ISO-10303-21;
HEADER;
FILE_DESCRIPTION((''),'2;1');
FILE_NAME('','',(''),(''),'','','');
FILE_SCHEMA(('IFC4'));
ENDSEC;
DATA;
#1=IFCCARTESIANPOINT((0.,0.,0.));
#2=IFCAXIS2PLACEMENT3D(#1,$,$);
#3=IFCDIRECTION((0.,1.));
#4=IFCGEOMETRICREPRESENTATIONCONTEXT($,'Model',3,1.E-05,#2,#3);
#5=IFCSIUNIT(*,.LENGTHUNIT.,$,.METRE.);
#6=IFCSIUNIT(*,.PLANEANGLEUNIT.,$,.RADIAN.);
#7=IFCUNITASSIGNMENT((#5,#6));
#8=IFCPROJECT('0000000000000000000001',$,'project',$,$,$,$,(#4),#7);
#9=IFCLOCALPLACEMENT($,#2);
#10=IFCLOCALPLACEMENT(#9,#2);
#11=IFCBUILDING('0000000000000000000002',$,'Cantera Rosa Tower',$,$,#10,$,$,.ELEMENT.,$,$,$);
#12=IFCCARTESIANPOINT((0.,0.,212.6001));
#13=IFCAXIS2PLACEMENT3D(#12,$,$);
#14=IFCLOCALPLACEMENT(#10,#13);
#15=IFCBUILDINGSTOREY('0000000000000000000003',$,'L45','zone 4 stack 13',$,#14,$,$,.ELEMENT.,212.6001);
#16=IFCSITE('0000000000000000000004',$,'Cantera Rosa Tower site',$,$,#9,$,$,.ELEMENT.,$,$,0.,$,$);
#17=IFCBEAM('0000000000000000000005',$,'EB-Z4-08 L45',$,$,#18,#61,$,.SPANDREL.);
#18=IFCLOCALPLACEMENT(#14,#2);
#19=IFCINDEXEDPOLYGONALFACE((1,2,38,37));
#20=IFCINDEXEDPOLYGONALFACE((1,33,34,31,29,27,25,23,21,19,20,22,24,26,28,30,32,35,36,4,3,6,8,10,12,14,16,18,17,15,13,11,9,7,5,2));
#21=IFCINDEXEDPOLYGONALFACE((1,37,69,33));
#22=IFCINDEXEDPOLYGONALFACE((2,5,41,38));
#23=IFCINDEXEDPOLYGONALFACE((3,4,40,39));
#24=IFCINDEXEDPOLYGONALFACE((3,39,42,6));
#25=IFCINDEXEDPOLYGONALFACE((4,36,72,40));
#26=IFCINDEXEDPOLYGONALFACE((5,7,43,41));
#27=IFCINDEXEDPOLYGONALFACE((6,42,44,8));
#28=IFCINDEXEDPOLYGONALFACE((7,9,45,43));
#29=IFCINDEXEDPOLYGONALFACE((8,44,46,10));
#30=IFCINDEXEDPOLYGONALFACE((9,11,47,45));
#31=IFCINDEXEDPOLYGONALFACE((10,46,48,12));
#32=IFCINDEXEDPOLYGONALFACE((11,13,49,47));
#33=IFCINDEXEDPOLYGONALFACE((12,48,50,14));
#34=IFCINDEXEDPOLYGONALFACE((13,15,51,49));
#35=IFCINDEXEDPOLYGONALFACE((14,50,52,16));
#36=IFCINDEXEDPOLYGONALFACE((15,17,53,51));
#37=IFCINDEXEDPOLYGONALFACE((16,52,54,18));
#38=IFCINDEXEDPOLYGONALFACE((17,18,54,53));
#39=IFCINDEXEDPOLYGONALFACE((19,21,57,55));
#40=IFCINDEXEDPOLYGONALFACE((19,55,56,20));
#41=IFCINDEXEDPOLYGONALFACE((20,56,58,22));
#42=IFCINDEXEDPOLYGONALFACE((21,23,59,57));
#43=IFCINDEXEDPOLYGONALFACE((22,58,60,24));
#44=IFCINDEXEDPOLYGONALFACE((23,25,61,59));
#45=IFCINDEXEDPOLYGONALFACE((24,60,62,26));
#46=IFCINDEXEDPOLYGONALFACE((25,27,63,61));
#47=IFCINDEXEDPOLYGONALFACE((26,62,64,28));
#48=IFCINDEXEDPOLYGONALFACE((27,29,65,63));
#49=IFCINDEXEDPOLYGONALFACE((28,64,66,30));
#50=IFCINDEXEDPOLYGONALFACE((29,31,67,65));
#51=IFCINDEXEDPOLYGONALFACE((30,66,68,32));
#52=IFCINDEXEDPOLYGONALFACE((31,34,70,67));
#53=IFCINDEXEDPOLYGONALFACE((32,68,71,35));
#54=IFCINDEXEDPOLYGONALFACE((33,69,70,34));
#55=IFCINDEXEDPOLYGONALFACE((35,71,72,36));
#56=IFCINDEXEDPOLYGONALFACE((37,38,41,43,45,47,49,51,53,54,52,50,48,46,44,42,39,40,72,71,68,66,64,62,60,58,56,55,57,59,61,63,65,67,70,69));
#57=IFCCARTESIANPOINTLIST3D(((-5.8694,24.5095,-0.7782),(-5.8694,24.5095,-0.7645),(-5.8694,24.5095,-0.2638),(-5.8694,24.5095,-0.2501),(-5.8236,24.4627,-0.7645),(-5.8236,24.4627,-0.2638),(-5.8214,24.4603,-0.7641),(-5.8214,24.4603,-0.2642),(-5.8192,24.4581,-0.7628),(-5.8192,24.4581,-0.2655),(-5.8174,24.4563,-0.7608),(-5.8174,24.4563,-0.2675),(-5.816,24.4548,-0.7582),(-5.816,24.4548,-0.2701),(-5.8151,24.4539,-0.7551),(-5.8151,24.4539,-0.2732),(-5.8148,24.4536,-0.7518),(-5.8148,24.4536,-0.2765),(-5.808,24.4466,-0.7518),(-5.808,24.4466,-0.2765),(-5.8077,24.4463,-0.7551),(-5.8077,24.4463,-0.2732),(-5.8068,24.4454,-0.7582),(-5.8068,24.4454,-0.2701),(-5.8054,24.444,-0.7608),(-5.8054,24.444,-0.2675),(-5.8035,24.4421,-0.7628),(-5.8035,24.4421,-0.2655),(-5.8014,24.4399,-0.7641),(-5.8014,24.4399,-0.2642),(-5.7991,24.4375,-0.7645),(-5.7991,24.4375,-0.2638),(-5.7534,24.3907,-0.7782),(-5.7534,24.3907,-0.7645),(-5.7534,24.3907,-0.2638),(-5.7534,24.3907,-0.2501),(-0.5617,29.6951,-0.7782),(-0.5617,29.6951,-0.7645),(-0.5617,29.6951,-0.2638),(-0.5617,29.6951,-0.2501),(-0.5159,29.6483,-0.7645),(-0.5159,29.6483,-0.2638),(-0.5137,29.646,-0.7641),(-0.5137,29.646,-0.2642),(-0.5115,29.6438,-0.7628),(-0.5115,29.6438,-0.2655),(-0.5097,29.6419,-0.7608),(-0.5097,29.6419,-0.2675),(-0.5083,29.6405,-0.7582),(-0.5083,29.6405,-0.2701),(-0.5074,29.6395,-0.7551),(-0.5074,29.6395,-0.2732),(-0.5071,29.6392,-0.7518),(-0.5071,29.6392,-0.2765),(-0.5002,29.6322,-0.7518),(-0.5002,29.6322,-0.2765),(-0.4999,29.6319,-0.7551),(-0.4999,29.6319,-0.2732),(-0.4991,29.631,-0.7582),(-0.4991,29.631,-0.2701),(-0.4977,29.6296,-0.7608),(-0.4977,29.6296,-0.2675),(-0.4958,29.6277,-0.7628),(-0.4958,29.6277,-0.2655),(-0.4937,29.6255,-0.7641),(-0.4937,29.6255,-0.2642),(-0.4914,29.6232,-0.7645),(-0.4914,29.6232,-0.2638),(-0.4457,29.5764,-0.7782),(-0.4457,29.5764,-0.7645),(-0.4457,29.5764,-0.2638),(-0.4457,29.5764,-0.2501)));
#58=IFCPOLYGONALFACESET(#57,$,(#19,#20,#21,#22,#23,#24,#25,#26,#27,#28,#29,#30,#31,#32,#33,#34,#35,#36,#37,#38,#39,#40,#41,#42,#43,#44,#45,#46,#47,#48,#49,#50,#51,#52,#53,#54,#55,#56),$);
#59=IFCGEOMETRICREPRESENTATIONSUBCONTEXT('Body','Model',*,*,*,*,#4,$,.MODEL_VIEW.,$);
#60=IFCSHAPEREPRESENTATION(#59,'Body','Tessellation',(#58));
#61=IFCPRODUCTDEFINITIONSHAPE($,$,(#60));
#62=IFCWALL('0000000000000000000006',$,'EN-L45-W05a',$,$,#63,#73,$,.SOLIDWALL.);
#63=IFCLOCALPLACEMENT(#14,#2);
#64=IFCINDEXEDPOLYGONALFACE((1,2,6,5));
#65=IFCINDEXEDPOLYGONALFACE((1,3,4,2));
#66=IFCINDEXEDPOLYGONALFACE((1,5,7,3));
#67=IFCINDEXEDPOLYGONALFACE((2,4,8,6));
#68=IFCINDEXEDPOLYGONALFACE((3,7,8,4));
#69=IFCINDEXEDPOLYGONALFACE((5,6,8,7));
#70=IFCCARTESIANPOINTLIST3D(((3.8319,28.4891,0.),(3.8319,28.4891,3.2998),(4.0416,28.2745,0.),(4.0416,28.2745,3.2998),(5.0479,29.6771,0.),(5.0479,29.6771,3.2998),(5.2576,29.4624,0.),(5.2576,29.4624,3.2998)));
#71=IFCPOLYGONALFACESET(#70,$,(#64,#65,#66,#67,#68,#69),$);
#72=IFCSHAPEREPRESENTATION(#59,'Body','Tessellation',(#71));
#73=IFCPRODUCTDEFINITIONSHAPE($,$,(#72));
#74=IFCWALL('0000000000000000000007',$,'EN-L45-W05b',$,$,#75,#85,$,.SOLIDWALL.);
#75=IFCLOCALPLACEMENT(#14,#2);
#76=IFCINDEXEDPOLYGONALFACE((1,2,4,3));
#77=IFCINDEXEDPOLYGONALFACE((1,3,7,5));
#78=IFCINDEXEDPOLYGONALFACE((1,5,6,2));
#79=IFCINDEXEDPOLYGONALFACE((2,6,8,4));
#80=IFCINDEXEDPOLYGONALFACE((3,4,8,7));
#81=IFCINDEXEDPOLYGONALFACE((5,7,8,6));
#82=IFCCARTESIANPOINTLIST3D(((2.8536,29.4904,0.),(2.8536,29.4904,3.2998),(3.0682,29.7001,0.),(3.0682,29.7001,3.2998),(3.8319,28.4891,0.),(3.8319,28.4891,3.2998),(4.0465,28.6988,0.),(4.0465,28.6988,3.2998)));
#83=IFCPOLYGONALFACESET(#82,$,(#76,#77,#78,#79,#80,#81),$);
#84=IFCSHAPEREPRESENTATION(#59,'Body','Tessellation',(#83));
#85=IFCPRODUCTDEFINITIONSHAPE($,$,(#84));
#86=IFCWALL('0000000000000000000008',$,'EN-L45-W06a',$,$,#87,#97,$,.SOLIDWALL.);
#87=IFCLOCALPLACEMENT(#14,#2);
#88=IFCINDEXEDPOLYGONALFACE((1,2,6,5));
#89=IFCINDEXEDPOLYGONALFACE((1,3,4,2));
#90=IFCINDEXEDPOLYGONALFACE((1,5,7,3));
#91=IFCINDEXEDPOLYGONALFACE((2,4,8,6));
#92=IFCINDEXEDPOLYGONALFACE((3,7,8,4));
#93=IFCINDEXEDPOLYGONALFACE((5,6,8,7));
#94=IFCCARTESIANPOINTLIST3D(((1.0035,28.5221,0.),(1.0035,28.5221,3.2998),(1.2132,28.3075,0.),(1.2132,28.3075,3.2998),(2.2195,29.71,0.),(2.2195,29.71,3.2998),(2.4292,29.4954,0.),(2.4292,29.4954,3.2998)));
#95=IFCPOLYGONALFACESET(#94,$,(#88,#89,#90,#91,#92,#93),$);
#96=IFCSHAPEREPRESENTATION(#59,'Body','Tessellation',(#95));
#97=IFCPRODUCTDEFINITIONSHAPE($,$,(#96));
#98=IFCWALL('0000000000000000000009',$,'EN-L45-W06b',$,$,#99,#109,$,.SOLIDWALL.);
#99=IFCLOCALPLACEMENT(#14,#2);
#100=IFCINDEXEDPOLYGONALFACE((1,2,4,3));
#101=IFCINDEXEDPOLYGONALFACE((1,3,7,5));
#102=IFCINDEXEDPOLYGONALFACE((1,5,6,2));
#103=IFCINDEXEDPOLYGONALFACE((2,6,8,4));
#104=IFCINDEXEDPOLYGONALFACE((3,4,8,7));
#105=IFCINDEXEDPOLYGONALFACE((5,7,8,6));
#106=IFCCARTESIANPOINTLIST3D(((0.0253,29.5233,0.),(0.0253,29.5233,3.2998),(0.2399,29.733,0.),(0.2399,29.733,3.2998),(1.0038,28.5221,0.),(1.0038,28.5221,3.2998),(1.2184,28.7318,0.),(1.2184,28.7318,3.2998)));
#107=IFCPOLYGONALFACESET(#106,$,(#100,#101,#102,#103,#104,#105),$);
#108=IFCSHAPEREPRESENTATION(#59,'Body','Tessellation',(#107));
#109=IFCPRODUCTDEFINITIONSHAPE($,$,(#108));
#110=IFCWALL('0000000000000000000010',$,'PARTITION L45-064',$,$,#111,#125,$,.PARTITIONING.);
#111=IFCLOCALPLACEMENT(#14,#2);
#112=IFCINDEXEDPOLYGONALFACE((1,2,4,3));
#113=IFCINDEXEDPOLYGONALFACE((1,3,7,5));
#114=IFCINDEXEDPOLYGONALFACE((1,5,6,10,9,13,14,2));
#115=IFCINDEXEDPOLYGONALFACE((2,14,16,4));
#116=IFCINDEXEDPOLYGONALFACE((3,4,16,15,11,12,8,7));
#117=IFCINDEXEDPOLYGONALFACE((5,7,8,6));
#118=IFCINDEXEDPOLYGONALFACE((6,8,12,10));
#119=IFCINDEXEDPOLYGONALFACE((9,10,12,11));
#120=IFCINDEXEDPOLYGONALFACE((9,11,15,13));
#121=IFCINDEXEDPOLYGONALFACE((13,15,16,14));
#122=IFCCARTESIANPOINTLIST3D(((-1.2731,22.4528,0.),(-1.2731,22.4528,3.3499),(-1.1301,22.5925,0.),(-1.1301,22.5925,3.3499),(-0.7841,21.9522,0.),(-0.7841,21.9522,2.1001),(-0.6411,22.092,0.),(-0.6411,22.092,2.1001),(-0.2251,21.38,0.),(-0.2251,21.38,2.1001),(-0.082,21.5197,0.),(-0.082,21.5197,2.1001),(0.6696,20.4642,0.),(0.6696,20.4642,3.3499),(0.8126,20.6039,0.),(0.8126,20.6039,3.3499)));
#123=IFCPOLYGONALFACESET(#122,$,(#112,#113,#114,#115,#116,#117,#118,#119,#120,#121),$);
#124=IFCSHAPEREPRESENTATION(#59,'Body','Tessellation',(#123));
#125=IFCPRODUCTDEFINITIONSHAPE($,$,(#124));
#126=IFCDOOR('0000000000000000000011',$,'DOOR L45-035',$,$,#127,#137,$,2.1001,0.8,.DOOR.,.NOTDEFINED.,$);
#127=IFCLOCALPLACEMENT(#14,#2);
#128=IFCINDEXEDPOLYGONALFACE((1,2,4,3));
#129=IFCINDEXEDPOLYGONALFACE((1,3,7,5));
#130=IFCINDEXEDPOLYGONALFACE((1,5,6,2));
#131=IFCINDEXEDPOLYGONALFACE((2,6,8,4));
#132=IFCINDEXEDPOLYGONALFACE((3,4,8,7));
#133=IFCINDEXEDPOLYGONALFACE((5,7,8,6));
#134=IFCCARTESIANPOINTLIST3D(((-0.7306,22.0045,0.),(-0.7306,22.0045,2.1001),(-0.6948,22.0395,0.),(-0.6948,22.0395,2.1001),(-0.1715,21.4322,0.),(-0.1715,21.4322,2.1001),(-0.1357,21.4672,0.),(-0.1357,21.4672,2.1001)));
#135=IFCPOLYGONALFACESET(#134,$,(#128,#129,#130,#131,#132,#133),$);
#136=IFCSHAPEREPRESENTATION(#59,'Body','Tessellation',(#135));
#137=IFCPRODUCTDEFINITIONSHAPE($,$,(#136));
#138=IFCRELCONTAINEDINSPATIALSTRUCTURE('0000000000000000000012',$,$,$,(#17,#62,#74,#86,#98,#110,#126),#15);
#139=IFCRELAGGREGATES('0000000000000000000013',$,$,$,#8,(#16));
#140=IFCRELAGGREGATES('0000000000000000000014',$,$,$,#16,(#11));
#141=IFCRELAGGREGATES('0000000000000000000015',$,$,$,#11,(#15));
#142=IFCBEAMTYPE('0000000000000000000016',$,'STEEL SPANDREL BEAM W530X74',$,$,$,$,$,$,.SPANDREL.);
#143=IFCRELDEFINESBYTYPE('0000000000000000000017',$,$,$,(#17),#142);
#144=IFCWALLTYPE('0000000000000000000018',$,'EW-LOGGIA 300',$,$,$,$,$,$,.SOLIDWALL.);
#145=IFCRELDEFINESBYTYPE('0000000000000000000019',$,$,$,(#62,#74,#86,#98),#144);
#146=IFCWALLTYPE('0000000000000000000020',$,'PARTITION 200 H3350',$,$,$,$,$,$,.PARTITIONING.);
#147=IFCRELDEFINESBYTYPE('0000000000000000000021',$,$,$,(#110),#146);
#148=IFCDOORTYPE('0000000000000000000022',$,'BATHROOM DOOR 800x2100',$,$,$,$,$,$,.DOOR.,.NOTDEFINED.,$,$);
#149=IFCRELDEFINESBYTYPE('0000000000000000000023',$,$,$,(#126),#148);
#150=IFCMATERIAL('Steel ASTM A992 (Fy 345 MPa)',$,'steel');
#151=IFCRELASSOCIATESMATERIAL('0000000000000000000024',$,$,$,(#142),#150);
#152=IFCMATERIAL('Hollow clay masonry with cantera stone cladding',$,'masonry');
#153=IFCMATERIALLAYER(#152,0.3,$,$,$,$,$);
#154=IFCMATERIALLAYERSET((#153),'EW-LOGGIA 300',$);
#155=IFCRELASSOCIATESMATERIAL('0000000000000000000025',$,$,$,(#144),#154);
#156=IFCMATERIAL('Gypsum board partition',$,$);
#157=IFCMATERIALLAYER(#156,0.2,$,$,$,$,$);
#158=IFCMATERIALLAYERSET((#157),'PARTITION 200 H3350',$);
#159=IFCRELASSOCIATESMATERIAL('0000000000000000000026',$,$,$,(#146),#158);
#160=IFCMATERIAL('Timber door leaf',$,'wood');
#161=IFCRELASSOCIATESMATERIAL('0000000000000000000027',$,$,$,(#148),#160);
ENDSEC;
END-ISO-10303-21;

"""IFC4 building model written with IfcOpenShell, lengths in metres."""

from ifc_helpers import new_model, si_unit, direction, frame, frame_2d, origin, origin_2d, place, context, subcontext, project, spatial, rectangle, i_section, extrude, material, layer, layer_set, material_profile, profile_set, type_object, element, fill, save


model = new_model("IFC4")

# Units and contexts
model_context = context("Model", 3, precision=1e-05, world=origin(), true_north=direction((0.0, 1.0)))
body_context = subcontext(model_context, "Body", "Model", "MODEL_VIEW")
ifc_project = project(units=[si_unit("LENGTHUNIT", "METRE"), si_unit("PLANEANGLEUNIT", "RADIAN")], contexts=[model_context])

# Site, building, storey
site_placement = place(None, origin())
site = spatial("IfcSite", under=ifc_project, at=site_placement, Name="Cantera Rosa Tower site", CompositionType="ELEMENT", RefElevation=0.0)
building_placement = place(site_placement, origin())
building = spatial("IfcBuilding", under=site, at=building_placement, Name="Cantera Rosa Tower", CompositionType="ELEMENT")
storey_placement = place(building_placement, frame((0.0, 0.0, 212.6001)))
storey = spatial("IfcBuildingStorey", under=building, at=storey_placement, Name="L45", Description="zone 4 stack 13", CompositionType="ELEMENT", Elevation=212.6001)

# Beam
ifc_material_1 = material(Name="Steel ASTM A992 (Fy 345 MPa)", Category="steel")
ifc_material_profile_1 = material_profile(ifc_material_1, i_section(OverallWidth=0.166, OverallDepth=0.5281, WebThickness=0.0098, FlangeThickness=0.0137, FilletRadius=0.0127, at=origin_2d()), Name="W530X74")
ifc_profile_set_1 = profile_set([ifc_material_profile_1], Name="Steel ASTM A992 (Fy 345 MPa)")
beam_type_1 = type_object("IfcBeamType", Name="STEEL SPANDREL BEAM W530X74", PredefinedType="SPANDREL", material=ifc_profile_set_1)
beam_1_placement = place(storey_placement, frame((-0.5037, 29.6357, -0.5142), z_axis=(-0.715284, -0.698833, 0.0), x_axis=(0.698833, -0.715284, 0.0)))
element("IfcBeam", 1, at=beam_1_placement, inside=storey, type_object=beam_type_1, Name="EB-Z4-08 L45", PredefinedType="SPANDREL", context=body_context, shape_type="SweptSolid", body=[
    extrude(i_section(OverallWidth=0.166, OverallDepth=0.5281, WebThickness=0.0098, FlangeThickness=0.0137, FilletRadius=0.0127, at=origin_2d()), origin(), (0.0, 0.0, 1.0), 7.4204),
])

# Walls
ifc_material_2 = material(Name="Hollow clay masonry with cantera stone cladding", Category="masonry")
ifc_layer_1 = layer(ifc_material_2, 0.3)
ifc_layer_set_1 = layer_set([ifc_layer_1], Name="EW-LOGGIA 300")
wall_type_1 = type_object("IfcWallType", Name="EW-LOGGIA 300", PredefinedType="SOLIDWALL", material=ifc_layer_set_1)
wall_1_placement = place(storey_placement, frame((5.1528, 29.5698, 0.0), z_axis=(0.0, 0.0, 1.0), x_axis=(-0.715316, -0.698801, 0.0)))
element("IfcWall", 2, at=wall_1_placement, inside=storey, type_object=wall_type_1, Name="EN-L45-W05a", PredefinedType="SOLIDWALL", context=body_context, shape_type="SweptSolid", body=[
    extrude(rectangle(XDim=1.7, YDim=0.3, at=frame_2d((0.8501, 0.0))), origin(), (0.0, 0.0, 1.0), 3.2998),
])
wall_2_placement = place(storey_placement, frame((3.9392, 28.594, 0.0), z_axis=(0.0, 0.0, 1.0), x_axis=(-0.698862, 0.715257, 0.0)))
element("IfcWall", 3, at=wall_2_placement, inside=storey, type_object=wall_type_1, Name="EN-L45-W05b", PredefinedType="SOLIDWALL", context=body_context, shape_type="SweptSolid", body=[
    extrude(rectangle(XDim=1.3999, YDim=0.3, at=frame_2d((0.7, 0.0))), origin(), (0.0, 0.0, 1.0), 3.2998),
])
wall_3_placement = place(storey_placement, frame((2.3245, 29.6028, 0.0), z_axis=(0.0, 0.0, 1.0), x_axis=(-0.715316, -0.698801, 0.0)))
element("IfcWall", 4, at=wall_3_placement, inside=storey, type_object=wall_type_1, Name="EN-L45-W06a", PredefinedType="SOLIDWALL", context=body_context, shape_type="SweptSolid", body=[
    extrude(rectangle(XDim=1.7, YDim=0.3, at=frame_2d((0.8501, 0.0))), origin(), (0.0, 0.0, 1.0), 3.2998),
])
wall_4_placement = place(storey_placement, frame((1.1111, 28.627, 0.0), z_axis=(0.0, 0.0, 1.0), x_axis=(-0.698951, 0.715169, 0.0)))
element("IfcWall", 5, at=wall_4_placement, inside=storey, type_object=wall_type_1, Name="EN-L45-W06b", PredefinedType="SOLIDWALL", context=body_context, shape_type="SweptSolid", body=[
    extrude(rectangle(XDim=1.3999, YDim=0.3, at=frame_2d((0.7, 0.0))), origin(), (0.0, 0.0, 1.0), 3.2998),
])

# Wall, opening, door
ifc_material_3 = material(Name="Gypsum board partition")
ifc_layer_2 = layer(ifc_material_3, 0.2)
ifc_layer_set_2 = layer_set([ifc_layer_2], Name="PARTITION 200 H3350")
wall_type_2 = type_object("IfcWallType", Name="PARTITION 200 H3350", PredefinedType="PARTITIONING", material=ifc_layer_set_2)
wall_5_placement = place(storey_placement, frame((-1.2017, 22.5227, 0.0), z_axis=(0.0, 0.0, 1.0), x_axis=(0.698803, -0.715314, 0.0)))
wall_5 = element("IfcWall", 6, at=wall_5_placement, inside=storey, type_object=wall_type_2, Name="PARTITION L45-064", PredefinedType="PARTITIONING", context=body_context, shape_type="SweptSolid", body=[
    extrude(rectangle(XDim=2.78, YDim=0.2, at=frame_2d((1.3901, 0.0))), origin(), (0.0, 0.0, 1.0), 3.3499),
])
opening_1_placement = place(wall_5_placement, frame((0.7, 0.0, 0.0)))
opening_1 = element("IfcOpeningElement", 7, at=opening_1_placement, cuts=wall_5, PredefinedType="OPENING", context=body_context, shape_type="SweptSolid", body=[
    extrude(rectangle(XDim=0.8, YDim=2.1001, at=frame_2d((0.3999, 1.05))), frame((0.0, 0.1099, 0.0), z_axis=(0.0, -1.0, 0.0), x_axis=(1.0, 0.0, 0.0)), (0.0, 0.0, 1.0), 0.22),
])
ifc_material_4 = material(Name="Timber door leaf", Category="wood")
door_type_1 = type_object("IfcDoorType", Name="BATHROOM DOOR 800x2100", OperationType="NOTDEFINED", PredefinedType="DOOR", material=ifc_material_4)
door_1_placement = place(opening_1_placement, origin())
door_1 = element("IfcDoor", 8, at=door_1_placement, inside=storey, type_object=door_type_1, Name="DOOR L45-035", OperationType="NOTDEFINED", OverallHeight=2.1001, OverallWidth=0.8, PredefinedType="DOOR", context=body_context, shape_type="SweptSolid", body=[
    extrude(rectangle(XDim=0.8, YDim=2.1001, at=frame_2d((0.3999, 1.05))), frame((0.0, 0.0249, 0.0), z_axis=(0.0, -1.0, 0.0), x_axis=(1.0, 0.0, 0.0)), (0.0, 0.0, 1.0), 0.05),
])
fill(opening_1, door_1)

save(model, "model.ifc")
